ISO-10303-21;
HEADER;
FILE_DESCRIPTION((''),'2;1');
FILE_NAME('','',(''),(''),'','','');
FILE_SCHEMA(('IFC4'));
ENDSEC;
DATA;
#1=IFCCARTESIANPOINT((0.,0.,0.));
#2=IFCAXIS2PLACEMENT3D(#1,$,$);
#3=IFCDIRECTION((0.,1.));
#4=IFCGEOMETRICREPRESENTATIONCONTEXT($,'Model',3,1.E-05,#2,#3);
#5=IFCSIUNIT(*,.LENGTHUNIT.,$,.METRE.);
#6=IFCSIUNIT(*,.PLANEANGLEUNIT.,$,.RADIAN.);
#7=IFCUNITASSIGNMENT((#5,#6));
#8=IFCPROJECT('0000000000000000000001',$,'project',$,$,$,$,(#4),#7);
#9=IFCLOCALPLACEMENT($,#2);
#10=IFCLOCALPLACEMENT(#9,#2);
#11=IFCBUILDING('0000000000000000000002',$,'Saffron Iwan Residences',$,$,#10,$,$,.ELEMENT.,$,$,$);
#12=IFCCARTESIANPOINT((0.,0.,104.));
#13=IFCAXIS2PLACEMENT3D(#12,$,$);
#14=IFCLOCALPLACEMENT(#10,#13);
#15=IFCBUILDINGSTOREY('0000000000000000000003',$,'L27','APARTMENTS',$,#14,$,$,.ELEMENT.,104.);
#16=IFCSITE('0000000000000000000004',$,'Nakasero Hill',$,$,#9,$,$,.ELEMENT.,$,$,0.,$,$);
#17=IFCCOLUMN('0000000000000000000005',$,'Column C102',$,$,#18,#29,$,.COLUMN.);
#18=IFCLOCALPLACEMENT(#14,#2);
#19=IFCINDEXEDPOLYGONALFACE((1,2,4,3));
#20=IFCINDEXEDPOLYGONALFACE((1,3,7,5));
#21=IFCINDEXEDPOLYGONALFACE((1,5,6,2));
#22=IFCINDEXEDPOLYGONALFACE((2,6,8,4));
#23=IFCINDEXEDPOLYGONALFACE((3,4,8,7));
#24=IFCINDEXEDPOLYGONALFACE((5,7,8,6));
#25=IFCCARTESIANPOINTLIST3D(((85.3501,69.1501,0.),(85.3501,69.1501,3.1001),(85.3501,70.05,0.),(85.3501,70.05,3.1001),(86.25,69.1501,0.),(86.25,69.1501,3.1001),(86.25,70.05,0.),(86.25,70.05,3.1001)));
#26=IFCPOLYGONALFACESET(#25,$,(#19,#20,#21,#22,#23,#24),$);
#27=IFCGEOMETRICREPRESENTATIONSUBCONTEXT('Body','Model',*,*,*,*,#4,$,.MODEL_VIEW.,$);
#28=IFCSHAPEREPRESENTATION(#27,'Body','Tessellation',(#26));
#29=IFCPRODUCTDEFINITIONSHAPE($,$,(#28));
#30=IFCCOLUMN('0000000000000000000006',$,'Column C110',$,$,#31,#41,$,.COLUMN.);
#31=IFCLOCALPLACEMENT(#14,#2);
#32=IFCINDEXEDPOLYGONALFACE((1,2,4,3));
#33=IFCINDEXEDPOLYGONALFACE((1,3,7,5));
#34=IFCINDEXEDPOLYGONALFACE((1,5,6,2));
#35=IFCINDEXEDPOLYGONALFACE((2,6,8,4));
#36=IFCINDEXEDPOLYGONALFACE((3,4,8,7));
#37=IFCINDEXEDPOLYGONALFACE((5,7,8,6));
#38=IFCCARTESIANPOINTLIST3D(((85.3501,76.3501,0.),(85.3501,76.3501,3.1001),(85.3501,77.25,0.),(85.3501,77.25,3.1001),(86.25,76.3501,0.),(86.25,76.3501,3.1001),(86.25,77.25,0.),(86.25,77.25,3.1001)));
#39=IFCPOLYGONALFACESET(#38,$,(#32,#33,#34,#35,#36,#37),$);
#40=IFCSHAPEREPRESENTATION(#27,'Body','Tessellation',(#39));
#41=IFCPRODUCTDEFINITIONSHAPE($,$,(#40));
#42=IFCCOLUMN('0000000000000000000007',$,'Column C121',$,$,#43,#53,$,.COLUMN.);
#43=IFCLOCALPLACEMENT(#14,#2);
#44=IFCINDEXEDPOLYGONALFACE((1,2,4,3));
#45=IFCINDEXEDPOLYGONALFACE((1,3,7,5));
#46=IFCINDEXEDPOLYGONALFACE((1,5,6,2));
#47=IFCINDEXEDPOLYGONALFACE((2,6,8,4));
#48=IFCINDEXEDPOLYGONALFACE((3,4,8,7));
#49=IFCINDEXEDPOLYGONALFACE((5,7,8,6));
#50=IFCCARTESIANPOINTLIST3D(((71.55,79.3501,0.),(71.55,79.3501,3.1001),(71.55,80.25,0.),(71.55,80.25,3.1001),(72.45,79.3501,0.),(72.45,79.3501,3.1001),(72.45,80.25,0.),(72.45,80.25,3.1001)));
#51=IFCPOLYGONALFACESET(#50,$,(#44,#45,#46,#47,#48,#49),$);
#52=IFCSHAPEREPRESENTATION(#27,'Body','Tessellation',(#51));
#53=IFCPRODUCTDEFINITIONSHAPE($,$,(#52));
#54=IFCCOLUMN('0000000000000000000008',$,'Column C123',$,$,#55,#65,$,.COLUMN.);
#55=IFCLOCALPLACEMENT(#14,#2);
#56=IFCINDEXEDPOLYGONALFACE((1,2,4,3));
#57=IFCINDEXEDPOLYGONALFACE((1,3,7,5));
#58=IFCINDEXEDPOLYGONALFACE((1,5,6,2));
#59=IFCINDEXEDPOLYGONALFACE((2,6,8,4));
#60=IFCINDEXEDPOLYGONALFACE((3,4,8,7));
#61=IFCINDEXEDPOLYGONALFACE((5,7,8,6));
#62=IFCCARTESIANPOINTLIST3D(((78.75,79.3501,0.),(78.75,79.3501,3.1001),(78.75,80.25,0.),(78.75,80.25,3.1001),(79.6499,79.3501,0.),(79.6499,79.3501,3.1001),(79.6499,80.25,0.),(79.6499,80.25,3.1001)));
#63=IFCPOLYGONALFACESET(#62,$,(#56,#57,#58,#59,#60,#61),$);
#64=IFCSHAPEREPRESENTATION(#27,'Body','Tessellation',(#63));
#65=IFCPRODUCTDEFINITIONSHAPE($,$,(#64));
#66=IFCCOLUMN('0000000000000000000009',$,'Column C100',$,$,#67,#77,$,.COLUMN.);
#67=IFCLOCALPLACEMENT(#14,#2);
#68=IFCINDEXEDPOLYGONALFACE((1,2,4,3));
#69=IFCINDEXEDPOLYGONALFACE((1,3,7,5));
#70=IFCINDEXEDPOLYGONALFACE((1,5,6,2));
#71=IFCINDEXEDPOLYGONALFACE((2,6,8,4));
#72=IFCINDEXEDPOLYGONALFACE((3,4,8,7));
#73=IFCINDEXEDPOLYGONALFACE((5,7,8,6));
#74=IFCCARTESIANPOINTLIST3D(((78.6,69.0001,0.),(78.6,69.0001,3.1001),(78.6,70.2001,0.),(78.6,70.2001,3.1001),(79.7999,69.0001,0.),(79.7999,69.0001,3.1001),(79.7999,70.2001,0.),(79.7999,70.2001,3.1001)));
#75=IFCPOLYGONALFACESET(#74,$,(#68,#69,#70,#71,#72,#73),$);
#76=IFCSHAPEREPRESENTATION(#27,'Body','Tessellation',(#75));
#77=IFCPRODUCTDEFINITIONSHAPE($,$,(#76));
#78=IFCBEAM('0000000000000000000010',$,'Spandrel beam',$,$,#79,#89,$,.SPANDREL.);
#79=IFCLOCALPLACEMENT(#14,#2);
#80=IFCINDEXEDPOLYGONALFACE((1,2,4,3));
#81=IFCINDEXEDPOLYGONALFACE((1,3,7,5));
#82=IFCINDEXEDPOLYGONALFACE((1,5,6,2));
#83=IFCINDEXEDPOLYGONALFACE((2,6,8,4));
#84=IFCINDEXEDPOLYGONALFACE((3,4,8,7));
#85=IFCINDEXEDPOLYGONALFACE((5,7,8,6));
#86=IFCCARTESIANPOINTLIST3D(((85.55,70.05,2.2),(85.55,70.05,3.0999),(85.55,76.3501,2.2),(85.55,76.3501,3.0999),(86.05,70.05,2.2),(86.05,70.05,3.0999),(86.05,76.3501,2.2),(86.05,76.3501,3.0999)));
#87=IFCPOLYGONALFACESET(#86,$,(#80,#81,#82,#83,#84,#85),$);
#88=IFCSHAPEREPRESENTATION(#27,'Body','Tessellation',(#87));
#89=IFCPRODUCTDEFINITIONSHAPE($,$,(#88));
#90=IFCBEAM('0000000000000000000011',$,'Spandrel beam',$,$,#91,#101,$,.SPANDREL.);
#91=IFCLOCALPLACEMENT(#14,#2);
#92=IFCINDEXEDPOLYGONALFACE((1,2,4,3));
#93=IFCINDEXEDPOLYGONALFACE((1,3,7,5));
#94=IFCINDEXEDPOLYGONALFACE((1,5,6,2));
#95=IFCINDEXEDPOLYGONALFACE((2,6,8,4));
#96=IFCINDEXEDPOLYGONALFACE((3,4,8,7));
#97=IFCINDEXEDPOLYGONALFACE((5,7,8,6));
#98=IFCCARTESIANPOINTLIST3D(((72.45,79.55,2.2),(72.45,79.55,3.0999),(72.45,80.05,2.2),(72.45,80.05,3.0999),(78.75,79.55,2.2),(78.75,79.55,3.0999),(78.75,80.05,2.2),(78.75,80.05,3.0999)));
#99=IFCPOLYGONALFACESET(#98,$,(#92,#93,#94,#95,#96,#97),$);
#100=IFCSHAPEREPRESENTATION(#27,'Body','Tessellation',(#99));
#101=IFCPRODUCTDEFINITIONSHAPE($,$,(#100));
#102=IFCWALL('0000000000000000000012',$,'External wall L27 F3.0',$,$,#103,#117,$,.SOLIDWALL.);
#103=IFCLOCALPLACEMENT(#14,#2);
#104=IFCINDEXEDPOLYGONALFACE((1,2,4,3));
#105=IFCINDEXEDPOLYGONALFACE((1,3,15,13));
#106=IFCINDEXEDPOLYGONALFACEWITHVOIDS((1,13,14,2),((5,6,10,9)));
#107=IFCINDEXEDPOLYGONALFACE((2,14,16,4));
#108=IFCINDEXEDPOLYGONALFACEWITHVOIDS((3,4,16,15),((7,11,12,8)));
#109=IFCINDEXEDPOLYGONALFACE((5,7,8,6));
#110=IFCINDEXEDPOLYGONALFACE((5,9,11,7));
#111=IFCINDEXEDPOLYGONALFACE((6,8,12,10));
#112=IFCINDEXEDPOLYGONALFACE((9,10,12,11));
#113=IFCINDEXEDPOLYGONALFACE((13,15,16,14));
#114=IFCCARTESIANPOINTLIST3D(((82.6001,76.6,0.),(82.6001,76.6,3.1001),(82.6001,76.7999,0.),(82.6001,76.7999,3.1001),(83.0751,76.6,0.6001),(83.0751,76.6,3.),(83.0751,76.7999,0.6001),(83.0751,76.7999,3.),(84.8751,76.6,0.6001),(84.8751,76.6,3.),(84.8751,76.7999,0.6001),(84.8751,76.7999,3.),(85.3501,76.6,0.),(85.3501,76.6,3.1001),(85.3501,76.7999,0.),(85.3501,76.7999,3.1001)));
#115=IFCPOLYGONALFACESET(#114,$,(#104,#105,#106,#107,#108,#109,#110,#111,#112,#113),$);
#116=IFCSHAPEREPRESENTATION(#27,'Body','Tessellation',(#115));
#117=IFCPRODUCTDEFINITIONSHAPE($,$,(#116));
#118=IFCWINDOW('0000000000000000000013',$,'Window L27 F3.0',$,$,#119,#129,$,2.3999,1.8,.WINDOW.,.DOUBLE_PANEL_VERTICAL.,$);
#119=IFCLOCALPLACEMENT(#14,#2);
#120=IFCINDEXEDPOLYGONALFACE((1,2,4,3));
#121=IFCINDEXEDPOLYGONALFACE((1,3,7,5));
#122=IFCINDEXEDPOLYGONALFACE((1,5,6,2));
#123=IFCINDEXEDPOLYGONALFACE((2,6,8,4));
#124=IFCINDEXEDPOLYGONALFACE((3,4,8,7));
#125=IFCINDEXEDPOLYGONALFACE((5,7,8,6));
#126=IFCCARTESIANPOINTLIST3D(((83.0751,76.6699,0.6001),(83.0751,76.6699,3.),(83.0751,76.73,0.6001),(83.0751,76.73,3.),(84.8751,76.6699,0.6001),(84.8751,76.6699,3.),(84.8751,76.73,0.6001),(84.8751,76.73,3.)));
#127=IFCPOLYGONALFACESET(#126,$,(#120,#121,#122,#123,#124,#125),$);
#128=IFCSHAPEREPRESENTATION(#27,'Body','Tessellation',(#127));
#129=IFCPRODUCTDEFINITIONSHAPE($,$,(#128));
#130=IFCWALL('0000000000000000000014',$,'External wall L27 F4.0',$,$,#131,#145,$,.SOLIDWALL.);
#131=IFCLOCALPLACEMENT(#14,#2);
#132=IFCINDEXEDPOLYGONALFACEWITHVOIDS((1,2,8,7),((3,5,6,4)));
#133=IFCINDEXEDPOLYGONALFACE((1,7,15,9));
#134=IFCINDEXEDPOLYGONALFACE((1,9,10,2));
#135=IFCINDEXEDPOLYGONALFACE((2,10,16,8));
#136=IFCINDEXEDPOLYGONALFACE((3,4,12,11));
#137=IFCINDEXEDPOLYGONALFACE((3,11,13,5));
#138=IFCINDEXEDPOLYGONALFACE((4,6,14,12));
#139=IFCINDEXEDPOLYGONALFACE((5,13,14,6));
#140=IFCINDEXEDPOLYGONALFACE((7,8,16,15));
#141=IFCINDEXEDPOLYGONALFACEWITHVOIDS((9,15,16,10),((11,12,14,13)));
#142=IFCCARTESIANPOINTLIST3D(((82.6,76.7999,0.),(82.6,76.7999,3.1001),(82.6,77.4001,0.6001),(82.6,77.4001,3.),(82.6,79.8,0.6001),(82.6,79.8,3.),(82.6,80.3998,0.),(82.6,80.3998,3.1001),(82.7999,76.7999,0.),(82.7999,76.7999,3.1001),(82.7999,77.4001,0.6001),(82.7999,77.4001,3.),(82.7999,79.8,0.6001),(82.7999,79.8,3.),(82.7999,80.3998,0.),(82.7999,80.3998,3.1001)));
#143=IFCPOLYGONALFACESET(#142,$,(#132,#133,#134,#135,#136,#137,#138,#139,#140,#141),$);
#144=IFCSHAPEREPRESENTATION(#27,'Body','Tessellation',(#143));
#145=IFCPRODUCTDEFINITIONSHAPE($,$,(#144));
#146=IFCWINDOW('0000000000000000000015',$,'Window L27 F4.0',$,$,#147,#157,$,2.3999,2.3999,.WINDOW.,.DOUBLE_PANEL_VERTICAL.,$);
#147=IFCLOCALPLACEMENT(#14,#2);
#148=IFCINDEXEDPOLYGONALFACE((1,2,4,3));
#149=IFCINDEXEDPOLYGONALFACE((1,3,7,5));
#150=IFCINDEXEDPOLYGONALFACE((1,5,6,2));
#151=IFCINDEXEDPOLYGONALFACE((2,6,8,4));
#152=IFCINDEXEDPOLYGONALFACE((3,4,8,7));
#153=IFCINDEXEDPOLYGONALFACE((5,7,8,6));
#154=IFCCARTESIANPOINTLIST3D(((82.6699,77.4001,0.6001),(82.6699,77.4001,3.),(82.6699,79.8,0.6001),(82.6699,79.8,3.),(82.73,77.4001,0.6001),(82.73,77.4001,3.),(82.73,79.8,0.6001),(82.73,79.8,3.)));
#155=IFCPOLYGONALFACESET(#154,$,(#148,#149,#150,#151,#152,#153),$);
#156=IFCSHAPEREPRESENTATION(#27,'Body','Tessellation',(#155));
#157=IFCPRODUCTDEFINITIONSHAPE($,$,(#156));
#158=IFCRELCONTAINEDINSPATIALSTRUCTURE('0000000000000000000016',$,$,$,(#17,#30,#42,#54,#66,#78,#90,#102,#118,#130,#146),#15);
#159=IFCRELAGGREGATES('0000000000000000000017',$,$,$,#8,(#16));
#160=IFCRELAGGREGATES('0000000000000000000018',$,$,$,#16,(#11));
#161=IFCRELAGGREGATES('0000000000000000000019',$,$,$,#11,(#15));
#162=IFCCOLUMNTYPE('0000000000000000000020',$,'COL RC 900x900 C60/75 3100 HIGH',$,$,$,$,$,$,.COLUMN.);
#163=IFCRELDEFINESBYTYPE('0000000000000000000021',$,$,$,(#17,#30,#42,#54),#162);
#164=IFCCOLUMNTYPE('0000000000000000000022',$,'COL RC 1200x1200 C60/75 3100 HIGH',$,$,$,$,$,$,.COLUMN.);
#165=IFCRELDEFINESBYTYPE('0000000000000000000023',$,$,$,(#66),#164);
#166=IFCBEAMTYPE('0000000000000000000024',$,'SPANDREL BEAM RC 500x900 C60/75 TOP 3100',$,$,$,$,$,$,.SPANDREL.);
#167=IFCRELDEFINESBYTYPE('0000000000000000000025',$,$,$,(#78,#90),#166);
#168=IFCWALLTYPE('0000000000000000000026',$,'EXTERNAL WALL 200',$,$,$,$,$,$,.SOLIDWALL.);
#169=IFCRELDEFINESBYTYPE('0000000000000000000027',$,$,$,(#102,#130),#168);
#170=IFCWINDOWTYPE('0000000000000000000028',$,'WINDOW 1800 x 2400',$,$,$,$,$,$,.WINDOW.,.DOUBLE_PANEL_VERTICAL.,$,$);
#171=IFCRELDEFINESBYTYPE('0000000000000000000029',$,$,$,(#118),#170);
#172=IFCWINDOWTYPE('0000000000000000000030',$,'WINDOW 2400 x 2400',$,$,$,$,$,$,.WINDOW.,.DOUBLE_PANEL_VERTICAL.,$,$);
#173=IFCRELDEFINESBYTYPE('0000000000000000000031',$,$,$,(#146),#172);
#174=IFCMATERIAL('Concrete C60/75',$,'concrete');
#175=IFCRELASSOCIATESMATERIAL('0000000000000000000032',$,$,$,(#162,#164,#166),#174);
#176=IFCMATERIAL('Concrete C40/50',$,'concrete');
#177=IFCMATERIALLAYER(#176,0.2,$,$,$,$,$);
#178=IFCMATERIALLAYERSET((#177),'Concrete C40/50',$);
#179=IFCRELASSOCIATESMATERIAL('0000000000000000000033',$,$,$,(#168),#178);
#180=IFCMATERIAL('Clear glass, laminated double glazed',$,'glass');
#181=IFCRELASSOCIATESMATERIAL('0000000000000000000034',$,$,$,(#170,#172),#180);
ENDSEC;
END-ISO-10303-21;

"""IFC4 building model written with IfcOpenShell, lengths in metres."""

from ifc_helpers import new_model, si_unit, direction, frame, frame_2d, origin, origin_2d, place, context, subcontext, project, spatial, rectangle, extrude, source, transform, mapped, material, layer, layer_set, material_profile, profile_set, type_object, element, fill, save


model = new_model("IFC4")

# Units and contexts
model_context = context("Model", 3, precision=1e-05, world=origin(), true_north=direction((0.0, 1.0)))
body_context = subcontext(model_context, "Body", "Model", "MODEL_VIEW")
ifc_project = project(units=[si_unit("LENGTHUNIT", "METRE"), si_unit("PLANEANGLEUNIT", "RADIAN")], contexts=[model_context])

# Site, building, storey
site_placement = place(None, origin())
site = spatial("IfcSite", under=ifc_project, at=site_placement, Name="Nakasero Hill", CompositionType="ELEMENT", RefElevation=0.0)
building_placement = place(site_placement, origin())
building = spatial("IfcBuilding", under=site, at=building_placement, Name="Saffron Iwan Residences", CompositionType="ELEMENT")
storey_placement = place(building_placement, frame((0.0, 0.0, 104.0)))
storey = spatial("IfcBuildingStorey", under=building, at=storey_placement, Name="L27", Description="APARTMENTS", CompositionType="ELEMENT", Elevation=104.0)

# Columns
ifc_material_1 = material(Name="Concrete C60/75", Category="concrete")
ifc_material_profile_1 = material_profile(ifc_material_1, rectangle(XDim=0.8999, YDim=0.8999, at=origin_2d()), Name="RC 900x900")
ifc_profile_set_1 = profile_set([ifc_material_profile_1], Name="Concrete C60/75")
column_type_1 = type_object("IfcColumnType", Name="COL RC 900x900 C60/75 3100 HIGH", PredefinedType="COLUMN", material=ifc_profile_set_1)
shared_shape_1 = source(origin(), body_context, "Body", "SweptSolid", [
    extrude(rectangle(XDim=0.8999, YDim=0.8999, at=origin_2d()), origin(), (0.0, 0.0, 1.0), 3.1001),
])
for number, where, z_axis, x_axis, name in (
    (1, (85.8, 69.6001, 0.0), (0.0, 0.0, 1.0), (1.0, 0.0, 0.0), "Column C102"),
    (2, (85.8, 76.8, 0.0), (0.0, 0.0, 1.0), (1.0, 0.0, 0.0), "Column C110"),
    (3, (72.0, 79.8, 0.0), (0.0, 0.0, 1.0), (1.0, 0.0, 0.0), "Column C121"),
    (4, (79.2, 79.8, 0.0), (0.0, 0.0, 1.0), (1.0, 0.0, 0.0), "Column C123"),
):
    element("IfcColumn", number, at=place(storey_placement, frame(where, z_axis=z_axis, x_axis=x_axis)), inside=storey, type_object=column_type_1, Name=name, PredefinedType="COLUMN", context=body_context, shape_type="MappedRepresentation", body=[
        mapped(shared_shape_1, transform((0.0, 0.0, 0.0))),
    ])
ifc_material_profile_2 = material_profile(ifc_material_1, rectangle(XDim=1.2, YDim=1.2, at=origin_2d()), Name="RC 1200x1200")
ifc_profile_set_2 = profile_set([ifc_material_profile_2], Name="Concrete C60/75")
column_type_2 = type_object("IfcColumnType", Name="COL RC 1200x1200 C60/75 3100 HIGH", PredefinedType="COLUMN", material=ifc_profile_set_2)
shared_shape_2 = source(origin(), body_context, "Body", "SweptSolid", [
    extrude(rectangle(XDim=1.2, YDim=1.2, at=origin_2d()), origin(), (0.0, 0.0, 1.0), 3.1001),
])
column_placement = place(storey_placement, frame((79.2, 69.6001, 0.0), z_axis=(0.0, 0.0, 1.0), x_axis=(1.0, 0.0, 0.0)))
element("IfcColumn", 5, at=column_placement, inside=storey, type_object=column_type_2, Name="Column C100", PredefinedType="COLUMN", context=body_context, shape_type="MappedRepresentation", body=[
    mapped(shared_shape_2, transform((0.0, 0.0, 0.0))),
])

# Beams
ifc_material_profile_3 = material_profile(ifc_material_1, rectangle(XDim=0.5, YDim=0.8999, at=origin_2d()), Name="RC 500x900")
ifc_profile_set_3 = profile_set([ifc_material_profile_3], Name="Concrete C60/75")
beam_type = type_object("IfcBeamType", Name="SPANDREL BEAM RC 500x900 C60/75 TOP 3100", PredefinedType="SPANDREL", material=ifc_profile_set_3)
shared_shape_3 = source(origin(), body_context, "Body", "SweptSolid", [
    extrude(rectangle(XDim=0.5, YDim=0.8999, at=origin_2d()), origin(), (0.0, 0.0, 1.0), 6.3),
])
for number, where, z_axis, x_axis, name in (
    (6, (85.8, 76.3501, 2.6499), (0.0, -1.0, 0.0), (1.0, 0.0, 0.0), "Spandrel beam"),
    (7, (72.45, 79.8, 2.6499), (1.0, 0.0, 0.0), (0.0, 1.0, 0.0), "Spandrel beam"),
):
    element("IfcBeam", number, at=place(storey_placement, frame(where, z_axis=z_axis, x_axis=x_axis)), inside=storey, type_object=beam_type, Name=name, PredefinedType="SPANDREL", context=body_context, shape_type="MappedRepresentation", body=[
        mapped(shared_shape_3, transform((0.0, 0.0, 0.0))),
    ])

# Walls, openings, windows
ifc_material_2 = material(Name="Concrete C40/50", Category="concrete")
ifc_layer_1 = layer(ifc_material_2, 0.2)
ifc_layer_set_1 = layer_set([ifc_layer_1], Name="Concrete C40/50")
wall_type_1 = type_object("IfcWallType", Name="EXTERNAL WALL 200", PredefinedType="SOLIDWALL", material=ifc_layer_set_1)
wall_1_placement = place(storey_placement, frame((85.3501, 76.7, 0.0), z_axis=(0.0, 0.0, 1.0), x_axis=(-1.0, 0.0, 0.0)))
wall_1 = element("IfcWall", 8, at=wall_1_placement, inside=storey, type_object=wall_type_1, Name="External wall L27 F3.0", PredefinedType="SOLIDWALL", context=body_context, shape_type="SweptSolid", body=[
    extrude(rectangle(XDim=2.75, YDim=0.2, at=frame_2d((1.375, 0.0))), origin(), (0.0, 0.0, 1.0), 3.1001),
])
opening_1_placement = place(wall_1_placement, frame((0.4751, 0.0, 0.6001)))
opening_1 = element("IfcOpeningElement", 9, at=opening_1_placement, cuts=wall_1, PredefinedType="OPENING", context=body_context, shape_type="SweptSolid", body=[
    extrude(rectangle(XDim=1.8, YDim=2.3999, at=frame_2d((0.8999, 1.2))), frame((0.0, 0.1099, 0.0), z_axis=(0.0, -1.0, 0.0), x_axis=(1.0, 0.0, 0.0)), (0.0, 0.0, 1.0), 0.22),
])
ifc_material_3 = material(Name="Clear glass, laminated double glazed", Category="glass")
window_type_1 = type_object("IfcWindowType", Name="WINDOW 1800 x 2400", PartitioningType="DOUBLE_PANEL_VERTICAL", PredefinedType="WINDOW", material=ifc_material_3)
window_1_placement = place(opening_1_placement, origin())
window_1 = element("IfcWindow", 10, at=window_1_placement, inside=storey, type_object=window_type_1, Name="Window L27 F3.0", OverallHeight=2.3999, OverallWidth=1.8, PartitioningType="DOUBLE_PANEL_VERTICAL", PredefinedType="WINDOW", context=body_context, shape_type="SweptSolid", body=[
    extrude(rectangle(XDim=1.8, YDim=2.3999, at=frame_2d((0.8999, 1.2))), frame((0.0, 0.03, 0.0), z_axis=(0.0, -1.0, 0.0), x_axis=(1.0, 0.0, 0.0)), (0.0, 0.0, 1.0), 0.0601),
])
fill(opening_1, window_1)
wall_2_placement = place(storey_placement, frame((82.7, 76.8, 0.0), z_axis=(0.0, 0.0, 1.0), x_axis=(0.0, 1.0, 0.0)))
wall_2 = element("IfcWall", 11, at=wall_2_placement, inside=storey, type_object=wall_type_1, Name="External wall L27 F4.0", PredefinedType="SOLIDWALL", context=body_context, shape_type="SweptSolid", body=[
    extrude(rectangle(XDim=3.5999, YDim=0.2, at=frame_2d((1.7998, 0.0))), origin(), (0.0, 0.0, 1.0), 3.1001),
])
opening_2_placement = place(wall_2_placement, frame((0.6001, 0.0, 0.6001)))
opening_2 = element("IfcOpeningElement", 12, at=opening_2_placement, cuts=wall_2, PredefinedType="OPENING", context=body_context, shape_type="SweptSolid", body=[
    extrude(rectangle(XDim=2.3999, YDim=2.3999, at=frame_2d((1.2, 1.2))), frame((0.0, 0.1099, 0.0), z_axis=(0.0, -1.0, 0.0), x_axis=(1.0, 0.0, 0.0)), (0.0, 0.0, 1.0), 0.22),
])
window_type_2 = type_object("IfcWindowType", Name="WINDOW 2400 x 2400", PartitioningType="DOUBLE_PANEL_VERTICAL", PredefinedType="WINDOW", material=ifc_material_3)
window_2_placement = place(opening_2_placement, origin())
window_2 = element("IfcWindow", 13, at=window_2_placement, inside=storey, type_object=window_type_2, Name="Window L27 F4.0", OverallHeight=2.3999, OverallWidth=2.3999, PartitioningType="DOUBLE_PANEL_VERTICAL", PredefinedType="WINDOW", context=body_context, shape_type="SweptSolid", body=[
    extrude(rectangle(XDim=2.3999, YDim=2.3999, at=frame_2d((1.2, 1.2))), frame((0.0, 0.03, 0.0), z_axis=(0.0, -1.0, 0.0), x_axis=(1.0, 0.0, 0.0)), (0.0, 0.0, 1.0), 0.0601),
])
fill(opening_2, window_2)

save(model, "model.ifc")
